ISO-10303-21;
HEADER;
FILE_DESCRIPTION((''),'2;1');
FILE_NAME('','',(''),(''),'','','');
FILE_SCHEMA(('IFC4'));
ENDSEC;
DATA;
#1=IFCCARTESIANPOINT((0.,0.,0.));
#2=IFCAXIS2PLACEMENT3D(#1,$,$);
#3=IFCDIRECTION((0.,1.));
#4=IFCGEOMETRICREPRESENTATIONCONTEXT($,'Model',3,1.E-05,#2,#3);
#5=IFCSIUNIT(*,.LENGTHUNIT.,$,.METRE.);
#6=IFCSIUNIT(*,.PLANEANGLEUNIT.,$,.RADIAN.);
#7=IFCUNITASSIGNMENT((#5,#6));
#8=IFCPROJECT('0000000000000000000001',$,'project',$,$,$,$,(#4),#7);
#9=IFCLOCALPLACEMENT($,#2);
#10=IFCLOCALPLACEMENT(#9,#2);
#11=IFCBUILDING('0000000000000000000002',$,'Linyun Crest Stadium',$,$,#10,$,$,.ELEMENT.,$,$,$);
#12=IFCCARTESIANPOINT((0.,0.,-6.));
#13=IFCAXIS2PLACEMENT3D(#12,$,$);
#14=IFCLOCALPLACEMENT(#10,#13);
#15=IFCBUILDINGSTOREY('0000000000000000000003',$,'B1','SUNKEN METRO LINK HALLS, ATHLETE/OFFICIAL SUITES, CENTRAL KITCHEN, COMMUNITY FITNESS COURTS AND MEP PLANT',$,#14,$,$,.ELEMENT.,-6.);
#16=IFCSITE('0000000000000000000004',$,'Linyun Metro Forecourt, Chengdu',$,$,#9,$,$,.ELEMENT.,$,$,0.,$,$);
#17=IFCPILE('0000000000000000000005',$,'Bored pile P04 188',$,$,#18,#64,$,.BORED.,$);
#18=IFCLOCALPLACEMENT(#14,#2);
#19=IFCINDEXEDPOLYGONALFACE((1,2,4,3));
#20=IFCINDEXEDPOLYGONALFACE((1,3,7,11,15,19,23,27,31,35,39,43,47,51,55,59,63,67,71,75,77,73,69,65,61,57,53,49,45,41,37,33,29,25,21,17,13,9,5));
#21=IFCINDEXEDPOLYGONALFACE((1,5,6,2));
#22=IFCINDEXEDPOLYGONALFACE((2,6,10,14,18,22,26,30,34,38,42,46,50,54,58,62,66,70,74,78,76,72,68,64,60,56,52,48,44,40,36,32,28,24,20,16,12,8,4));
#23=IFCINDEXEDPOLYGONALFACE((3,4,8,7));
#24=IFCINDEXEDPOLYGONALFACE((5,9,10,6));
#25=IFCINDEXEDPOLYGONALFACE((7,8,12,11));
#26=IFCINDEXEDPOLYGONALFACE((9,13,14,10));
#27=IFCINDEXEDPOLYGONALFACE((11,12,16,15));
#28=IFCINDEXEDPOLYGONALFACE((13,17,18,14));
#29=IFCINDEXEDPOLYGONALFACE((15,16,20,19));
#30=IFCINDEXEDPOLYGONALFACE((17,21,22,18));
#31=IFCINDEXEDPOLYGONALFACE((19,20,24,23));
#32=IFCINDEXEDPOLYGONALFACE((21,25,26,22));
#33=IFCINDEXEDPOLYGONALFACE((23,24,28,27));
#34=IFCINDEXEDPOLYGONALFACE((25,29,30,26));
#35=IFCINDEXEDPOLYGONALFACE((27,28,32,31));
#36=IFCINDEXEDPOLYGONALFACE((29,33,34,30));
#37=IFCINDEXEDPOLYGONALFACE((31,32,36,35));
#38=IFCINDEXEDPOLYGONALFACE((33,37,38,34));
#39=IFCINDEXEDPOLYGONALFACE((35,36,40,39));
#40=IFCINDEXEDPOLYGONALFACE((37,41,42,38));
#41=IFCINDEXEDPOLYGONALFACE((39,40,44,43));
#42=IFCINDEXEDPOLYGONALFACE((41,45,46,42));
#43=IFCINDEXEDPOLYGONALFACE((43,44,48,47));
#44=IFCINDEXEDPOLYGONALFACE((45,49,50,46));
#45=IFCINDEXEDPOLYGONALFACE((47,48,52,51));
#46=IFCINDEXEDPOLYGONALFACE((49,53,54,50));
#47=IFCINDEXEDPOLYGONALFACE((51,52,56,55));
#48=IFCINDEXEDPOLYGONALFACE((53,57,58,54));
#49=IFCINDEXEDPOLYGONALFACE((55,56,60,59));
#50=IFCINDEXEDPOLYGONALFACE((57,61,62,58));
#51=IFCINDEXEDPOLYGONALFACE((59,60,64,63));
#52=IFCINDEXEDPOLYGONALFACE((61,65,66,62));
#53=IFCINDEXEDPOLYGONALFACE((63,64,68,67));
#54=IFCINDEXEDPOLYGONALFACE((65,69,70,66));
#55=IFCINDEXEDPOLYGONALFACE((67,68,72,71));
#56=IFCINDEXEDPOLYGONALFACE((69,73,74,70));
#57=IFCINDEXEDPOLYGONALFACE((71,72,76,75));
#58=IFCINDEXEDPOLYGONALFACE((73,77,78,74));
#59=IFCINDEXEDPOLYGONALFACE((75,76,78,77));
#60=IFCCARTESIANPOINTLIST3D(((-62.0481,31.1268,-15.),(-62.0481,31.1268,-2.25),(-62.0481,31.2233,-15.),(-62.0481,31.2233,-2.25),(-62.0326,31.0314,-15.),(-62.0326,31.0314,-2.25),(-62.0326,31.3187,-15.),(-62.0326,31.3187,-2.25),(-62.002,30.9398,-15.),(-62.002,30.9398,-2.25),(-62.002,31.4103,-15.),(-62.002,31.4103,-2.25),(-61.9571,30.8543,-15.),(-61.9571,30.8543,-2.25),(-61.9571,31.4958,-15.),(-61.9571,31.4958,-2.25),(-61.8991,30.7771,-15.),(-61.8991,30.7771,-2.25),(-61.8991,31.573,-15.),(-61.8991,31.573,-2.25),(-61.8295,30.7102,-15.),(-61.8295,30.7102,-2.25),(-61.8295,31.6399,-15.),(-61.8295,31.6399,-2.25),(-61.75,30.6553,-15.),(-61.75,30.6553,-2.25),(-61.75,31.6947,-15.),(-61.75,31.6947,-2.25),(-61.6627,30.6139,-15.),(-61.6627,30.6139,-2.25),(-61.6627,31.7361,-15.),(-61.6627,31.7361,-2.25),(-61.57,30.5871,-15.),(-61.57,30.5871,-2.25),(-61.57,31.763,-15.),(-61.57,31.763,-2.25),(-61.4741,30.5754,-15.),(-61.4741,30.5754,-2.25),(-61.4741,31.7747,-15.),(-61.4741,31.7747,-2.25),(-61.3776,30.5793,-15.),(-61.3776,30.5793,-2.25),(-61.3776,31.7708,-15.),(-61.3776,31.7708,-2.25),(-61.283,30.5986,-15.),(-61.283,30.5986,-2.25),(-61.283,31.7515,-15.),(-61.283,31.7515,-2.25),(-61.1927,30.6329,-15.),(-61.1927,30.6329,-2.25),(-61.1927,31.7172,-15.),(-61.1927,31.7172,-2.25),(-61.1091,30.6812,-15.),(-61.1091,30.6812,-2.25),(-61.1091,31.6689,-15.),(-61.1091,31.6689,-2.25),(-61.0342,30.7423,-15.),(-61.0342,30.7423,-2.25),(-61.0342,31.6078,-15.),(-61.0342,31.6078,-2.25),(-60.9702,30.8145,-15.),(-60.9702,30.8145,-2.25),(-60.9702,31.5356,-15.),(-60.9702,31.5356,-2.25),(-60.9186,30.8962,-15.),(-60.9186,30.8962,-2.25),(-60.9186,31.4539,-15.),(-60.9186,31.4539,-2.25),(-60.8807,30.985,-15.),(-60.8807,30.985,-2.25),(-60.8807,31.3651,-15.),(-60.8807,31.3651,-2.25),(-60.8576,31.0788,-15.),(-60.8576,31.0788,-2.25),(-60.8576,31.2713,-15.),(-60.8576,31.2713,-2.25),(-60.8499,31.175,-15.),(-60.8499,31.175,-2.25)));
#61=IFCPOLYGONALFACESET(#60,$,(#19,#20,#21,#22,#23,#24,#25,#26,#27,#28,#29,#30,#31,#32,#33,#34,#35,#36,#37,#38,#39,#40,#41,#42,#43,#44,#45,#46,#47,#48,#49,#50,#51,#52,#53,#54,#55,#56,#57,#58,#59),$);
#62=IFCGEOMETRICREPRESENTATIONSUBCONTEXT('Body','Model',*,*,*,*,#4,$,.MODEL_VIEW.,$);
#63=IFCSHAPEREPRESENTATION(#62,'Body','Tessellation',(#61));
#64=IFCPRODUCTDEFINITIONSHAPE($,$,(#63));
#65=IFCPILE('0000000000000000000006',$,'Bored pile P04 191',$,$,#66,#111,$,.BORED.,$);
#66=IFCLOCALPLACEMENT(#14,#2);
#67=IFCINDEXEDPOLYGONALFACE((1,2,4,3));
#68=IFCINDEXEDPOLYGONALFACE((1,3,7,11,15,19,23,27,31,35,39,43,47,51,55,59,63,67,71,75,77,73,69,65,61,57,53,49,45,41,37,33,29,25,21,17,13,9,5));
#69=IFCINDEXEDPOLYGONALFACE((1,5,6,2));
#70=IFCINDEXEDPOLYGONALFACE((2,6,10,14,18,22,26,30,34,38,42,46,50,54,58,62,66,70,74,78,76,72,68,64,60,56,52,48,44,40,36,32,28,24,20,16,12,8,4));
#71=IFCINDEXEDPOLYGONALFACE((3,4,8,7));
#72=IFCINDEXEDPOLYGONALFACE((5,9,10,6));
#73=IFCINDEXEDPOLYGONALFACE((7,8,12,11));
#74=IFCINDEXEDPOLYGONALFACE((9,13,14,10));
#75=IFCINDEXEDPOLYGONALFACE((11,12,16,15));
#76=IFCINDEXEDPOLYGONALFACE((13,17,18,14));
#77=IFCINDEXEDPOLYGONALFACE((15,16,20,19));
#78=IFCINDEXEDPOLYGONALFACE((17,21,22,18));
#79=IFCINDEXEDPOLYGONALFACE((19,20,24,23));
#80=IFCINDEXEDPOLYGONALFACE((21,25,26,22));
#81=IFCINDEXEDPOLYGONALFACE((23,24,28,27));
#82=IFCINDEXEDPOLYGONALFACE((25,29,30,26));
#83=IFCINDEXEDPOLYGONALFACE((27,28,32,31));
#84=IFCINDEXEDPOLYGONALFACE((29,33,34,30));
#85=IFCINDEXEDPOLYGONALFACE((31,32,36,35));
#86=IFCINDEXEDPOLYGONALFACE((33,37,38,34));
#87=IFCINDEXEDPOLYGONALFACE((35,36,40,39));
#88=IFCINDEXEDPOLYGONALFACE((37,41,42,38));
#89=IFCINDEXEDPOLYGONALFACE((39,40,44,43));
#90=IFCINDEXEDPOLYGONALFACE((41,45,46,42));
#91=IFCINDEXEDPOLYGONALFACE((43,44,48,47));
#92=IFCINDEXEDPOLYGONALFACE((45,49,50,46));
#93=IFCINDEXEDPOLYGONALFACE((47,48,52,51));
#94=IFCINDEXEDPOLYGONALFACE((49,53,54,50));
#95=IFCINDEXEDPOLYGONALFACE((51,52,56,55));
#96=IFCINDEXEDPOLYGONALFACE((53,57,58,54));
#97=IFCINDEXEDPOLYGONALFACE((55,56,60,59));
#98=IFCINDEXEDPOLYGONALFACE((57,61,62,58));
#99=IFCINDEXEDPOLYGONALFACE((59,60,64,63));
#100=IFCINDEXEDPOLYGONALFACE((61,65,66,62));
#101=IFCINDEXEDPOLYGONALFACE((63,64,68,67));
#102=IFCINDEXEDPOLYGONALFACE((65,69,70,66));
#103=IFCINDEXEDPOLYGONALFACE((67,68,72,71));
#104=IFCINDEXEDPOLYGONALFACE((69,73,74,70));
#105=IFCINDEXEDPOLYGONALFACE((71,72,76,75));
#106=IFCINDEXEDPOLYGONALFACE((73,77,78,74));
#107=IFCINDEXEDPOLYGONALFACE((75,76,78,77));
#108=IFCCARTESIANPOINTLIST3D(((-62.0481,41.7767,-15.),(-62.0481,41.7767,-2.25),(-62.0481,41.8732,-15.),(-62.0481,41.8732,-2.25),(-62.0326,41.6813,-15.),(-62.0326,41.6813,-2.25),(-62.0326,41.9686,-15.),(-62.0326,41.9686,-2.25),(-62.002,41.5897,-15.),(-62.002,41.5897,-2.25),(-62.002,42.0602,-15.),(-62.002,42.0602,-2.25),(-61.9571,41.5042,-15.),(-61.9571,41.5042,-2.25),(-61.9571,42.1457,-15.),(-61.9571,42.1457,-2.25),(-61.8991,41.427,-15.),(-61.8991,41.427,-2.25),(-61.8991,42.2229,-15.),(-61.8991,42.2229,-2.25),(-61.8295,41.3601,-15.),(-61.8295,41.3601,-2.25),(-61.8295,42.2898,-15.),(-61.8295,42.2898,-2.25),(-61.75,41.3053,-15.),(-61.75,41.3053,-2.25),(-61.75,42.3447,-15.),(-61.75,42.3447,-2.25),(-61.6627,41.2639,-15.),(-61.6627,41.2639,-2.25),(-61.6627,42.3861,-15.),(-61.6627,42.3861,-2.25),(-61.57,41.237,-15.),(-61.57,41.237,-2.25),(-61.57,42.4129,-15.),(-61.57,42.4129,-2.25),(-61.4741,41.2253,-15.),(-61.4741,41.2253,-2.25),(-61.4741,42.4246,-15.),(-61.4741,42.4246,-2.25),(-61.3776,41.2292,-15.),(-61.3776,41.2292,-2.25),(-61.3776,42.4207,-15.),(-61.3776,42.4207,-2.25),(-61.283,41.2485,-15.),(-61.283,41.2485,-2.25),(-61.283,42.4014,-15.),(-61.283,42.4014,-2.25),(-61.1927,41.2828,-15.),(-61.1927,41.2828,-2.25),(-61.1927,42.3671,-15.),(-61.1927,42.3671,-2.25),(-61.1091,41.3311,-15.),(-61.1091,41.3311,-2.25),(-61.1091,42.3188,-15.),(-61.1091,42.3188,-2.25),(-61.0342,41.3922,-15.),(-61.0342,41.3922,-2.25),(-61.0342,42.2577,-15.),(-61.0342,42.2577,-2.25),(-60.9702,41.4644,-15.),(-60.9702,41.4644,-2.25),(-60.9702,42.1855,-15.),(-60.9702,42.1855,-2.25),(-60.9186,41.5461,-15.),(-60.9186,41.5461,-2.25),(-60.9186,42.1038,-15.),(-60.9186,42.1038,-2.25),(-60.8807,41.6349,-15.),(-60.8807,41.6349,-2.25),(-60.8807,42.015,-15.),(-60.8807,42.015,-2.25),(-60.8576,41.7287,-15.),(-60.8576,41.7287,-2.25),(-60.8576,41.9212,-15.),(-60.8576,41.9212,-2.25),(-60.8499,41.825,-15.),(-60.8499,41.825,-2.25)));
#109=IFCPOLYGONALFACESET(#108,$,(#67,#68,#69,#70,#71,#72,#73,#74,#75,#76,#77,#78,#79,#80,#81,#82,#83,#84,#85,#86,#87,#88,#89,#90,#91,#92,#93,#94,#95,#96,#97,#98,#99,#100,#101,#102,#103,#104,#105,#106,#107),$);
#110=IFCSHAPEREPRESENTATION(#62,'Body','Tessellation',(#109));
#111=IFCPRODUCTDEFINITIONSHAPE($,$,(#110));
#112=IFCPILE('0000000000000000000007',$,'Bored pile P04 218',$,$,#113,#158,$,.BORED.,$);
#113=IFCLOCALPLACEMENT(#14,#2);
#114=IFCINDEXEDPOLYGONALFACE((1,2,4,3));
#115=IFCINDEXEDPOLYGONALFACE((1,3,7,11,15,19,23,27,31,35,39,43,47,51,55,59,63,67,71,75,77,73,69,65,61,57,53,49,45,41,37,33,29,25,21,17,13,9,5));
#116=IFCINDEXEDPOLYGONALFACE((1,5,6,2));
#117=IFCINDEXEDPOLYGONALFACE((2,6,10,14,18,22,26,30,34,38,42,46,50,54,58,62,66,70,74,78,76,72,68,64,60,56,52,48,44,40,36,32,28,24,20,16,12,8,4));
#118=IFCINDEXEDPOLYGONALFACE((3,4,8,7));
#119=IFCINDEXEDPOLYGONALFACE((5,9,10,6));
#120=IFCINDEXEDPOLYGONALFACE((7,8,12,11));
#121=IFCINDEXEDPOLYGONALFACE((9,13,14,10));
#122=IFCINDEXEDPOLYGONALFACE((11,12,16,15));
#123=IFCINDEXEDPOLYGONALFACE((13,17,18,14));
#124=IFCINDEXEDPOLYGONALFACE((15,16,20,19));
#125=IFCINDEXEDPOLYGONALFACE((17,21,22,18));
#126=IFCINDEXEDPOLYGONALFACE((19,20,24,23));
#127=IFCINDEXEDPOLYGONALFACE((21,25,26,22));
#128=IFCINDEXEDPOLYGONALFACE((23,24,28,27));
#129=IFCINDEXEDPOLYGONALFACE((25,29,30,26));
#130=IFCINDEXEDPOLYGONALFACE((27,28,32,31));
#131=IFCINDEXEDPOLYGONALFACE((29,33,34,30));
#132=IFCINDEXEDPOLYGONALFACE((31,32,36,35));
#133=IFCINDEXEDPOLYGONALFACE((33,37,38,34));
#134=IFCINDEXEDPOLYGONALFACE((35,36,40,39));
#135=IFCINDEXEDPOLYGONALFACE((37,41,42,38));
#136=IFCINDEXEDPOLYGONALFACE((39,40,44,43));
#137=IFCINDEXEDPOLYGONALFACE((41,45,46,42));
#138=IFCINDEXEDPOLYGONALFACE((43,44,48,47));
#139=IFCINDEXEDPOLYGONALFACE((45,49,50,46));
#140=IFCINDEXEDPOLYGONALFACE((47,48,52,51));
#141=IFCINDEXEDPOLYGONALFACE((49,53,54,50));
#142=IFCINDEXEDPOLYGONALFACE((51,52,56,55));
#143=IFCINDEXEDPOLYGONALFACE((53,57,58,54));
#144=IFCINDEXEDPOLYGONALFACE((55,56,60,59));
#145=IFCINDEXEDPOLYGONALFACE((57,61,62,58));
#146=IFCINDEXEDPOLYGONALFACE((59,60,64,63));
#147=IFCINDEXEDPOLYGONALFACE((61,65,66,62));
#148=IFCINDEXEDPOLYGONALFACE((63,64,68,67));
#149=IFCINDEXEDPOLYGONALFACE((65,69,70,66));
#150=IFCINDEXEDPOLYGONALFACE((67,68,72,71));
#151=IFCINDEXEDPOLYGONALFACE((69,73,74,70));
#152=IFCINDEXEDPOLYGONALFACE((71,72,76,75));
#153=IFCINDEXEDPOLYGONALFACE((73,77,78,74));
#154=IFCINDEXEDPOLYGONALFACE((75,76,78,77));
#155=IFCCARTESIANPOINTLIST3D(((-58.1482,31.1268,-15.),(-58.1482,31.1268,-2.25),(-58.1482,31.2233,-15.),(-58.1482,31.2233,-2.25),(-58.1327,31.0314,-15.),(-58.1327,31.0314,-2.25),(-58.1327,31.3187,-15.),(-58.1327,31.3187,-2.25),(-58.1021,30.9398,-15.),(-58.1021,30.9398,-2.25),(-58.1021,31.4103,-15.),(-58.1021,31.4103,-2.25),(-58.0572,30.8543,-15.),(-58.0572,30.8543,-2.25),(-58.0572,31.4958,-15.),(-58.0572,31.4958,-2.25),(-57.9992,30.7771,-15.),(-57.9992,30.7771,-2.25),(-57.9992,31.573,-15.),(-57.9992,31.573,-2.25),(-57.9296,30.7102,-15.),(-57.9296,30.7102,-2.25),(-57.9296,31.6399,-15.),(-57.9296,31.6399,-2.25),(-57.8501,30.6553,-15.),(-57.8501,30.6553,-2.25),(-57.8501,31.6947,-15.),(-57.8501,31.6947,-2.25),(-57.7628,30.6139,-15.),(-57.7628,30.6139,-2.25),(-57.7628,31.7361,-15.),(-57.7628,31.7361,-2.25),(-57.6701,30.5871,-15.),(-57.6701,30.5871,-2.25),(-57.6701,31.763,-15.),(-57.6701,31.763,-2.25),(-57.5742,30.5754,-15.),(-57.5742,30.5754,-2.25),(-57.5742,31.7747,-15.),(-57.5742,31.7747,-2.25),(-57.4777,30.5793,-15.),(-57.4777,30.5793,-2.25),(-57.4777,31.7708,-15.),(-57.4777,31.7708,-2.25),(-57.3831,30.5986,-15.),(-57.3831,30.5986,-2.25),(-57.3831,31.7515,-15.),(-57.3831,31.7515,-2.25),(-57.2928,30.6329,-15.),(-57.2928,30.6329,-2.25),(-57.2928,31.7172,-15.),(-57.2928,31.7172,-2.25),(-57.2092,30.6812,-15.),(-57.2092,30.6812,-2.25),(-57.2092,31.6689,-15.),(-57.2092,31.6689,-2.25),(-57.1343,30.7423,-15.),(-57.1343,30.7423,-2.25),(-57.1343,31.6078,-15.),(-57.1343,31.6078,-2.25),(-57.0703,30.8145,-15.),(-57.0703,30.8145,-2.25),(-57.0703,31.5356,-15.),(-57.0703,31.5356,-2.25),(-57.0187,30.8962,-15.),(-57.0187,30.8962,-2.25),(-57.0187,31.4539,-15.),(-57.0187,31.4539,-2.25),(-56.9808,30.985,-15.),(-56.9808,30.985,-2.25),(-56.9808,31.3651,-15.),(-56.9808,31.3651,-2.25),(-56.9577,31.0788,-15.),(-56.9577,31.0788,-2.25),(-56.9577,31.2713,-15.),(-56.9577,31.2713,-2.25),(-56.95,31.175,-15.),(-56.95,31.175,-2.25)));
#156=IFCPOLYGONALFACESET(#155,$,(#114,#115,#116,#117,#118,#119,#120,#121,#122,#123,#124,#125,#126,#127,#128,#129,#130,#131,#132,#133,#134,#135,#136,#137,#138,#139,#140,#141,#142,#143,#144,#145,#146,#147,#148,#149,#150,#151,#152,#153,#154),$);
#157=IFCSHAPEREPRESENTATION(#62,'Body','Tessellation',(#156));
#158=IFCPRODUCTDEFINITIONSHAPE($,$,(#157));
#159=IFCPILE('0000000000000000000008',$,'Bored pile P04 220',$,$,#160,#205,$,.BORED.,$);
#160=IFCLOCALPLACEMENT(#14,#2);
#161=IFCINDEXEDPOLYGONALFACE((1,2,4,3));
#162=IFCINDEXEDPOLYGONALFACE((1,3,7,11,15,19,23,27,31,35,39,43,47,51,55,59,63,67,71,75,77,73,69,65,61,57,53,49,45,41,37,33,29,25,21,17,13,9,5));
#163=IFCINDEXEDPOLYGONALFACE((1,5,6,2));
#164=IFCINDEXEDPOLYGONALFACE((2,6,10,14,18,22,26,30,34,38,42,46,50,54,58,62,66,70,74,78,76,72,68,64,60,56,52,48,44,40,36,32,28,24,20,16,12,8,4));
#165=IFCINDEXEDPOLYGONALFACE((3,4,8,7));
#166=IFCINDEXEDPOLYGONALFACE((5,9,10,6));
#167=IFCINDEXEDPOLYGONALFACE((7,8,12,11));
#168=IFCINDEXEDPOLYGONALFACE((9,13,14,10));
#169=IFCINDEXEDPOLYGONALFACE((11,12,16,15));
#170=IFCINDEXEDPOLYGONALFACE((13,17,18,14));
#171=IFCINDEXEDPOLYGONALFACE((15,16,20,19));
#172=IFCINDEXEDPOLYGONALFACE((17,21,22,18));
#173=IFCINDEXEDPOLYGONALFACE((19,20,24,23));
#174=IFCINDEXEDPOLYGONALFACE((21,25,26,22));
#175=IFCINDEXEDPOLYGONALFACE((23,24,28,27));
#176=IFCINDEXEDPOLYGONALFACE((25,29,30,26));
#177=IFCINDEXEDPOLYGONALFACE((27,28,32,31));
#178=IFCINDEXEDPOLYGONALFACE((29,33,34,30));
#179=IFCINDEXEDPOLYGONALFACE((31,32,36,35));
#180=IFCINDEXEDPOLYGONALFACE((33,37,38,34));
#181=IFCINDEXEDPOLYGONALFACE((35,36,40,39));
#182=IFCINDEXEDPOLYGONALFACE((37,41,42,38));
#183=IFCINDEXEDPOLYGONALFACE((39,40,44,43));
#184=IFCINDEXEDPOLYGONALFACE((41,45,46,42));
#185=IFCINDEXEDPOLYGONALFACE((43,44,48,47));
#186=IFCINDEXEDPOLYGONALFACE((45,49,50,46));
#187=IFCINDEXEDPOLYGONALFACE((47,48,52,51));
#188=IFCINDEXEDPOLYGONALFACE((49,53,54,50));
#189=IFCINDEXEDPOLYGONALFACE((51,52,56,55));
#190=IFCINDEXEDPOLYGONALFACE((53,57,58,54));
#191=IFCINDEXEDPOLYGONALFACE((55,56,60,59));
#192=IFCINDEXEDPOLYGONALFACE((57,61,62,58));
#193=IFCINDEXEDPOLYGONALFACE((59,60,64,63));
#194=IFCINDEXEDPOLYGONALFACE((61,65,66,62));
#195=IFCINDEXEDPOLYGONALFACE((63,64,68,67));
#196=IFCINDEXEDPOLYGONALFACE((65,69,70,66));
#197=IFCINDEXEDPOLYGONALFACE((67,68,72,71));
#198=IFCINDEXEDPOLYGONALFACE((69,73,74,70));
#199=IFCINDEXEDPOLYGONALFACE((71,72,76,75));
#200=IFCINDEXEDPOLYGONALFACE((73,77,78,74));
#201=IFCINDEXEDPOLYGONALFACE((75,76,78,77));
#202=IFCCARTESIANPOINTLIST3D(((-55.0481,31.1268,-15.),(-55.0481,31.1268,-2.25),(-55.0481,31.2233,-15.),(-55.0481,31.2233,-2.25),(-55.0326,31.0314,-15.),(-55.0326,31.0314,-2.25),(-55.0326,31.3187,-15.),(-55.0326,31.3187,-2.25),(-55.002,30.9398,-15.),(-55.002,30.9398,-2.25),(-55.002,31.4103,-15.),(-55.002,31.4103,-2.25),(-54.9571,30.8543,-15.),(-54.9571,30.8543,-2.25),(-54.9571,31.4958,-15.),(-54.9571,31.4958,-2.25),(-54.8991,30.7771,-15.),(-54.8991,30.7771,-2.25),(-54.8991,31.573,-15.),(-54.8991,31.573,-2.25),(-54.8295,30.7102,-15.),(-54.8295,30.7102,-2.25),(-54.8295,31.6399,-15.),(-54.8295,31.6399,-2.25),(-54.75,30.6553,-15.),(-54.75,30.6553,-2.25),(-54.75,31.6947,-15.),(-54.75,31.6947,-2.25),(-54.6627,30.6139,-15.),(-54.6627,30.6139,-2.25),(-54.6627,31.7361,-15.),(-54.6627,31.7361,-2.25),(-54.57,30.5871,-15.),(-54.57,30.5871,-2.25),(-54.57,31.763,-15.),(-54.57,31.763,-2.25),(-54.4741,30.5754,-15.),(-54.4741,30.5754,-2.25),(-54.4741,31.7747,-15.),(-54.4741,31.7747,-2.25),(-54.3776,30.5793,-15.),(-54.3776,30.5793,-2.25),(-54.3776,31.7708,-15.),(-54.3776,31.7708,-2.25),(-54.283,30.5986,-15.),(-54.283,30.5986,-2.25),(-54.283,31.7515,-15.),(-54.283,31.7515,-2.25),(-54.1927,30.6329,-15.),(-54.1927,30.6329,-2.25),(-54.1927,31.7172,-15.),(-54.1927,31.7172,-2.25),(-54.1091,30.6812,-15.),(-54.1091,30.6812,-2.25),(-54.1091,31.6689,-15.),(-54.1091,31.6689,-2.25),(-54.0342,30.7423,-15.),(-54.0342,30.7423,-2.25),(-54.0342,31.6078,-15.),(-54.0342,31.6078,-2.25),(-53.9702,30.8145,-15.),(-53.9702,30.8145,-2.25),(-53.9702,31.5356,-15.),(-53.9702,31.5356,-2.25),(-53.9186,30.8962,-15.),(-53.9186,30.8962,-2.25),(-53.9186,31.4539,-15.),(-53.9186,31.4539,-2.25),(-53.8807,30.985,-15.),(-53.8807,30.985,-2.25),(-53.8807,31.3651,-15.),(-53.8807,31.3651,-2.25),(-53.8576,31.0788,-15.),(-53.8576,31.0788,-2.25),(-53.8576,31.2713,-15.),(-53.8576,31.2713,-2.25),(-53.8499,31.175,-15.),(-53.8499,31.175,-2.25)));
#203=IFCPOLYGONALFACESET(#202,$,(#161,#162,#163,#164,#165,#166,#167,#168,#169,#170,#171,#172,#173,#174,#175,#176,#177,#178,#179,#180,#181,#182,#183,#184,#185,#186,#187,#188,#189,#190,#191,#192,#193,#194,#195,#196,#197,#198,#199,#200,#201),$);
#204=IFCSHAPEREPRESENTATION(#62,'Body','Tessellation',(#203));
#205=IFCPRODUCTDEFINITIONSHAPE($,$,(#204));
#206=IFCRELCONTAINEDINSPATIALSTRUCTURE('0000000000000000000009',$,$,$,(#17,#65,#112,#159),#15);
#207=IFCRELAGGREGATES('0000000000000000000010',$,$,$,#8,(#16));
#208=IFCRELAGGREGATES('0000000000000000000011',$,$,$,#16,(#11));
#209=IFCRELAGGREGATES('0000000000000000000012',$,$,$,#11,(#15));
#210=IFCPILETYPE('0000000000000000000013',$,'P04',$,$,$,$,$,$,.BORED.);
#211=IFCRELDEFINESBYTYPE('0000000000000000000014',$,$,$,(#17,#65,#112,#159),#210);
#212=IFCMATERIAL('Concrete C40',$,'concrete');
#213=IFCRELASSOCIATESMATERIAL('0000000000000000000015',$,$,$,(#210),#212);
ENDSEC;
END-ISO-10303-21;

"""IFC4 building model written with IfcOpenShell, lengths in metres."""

from ifc_helpers import new_model, si_unit, direction, frame, origin, origin_2d, place, context, subcontext, project, spatial, circle, extrude, material, material_profile, profile_set, type_object, element, save


model = new_model("IFC4")

# Units and contexts
model_context = context("Model", 3, precision=1e-05, world=origin(), true_north=direction((0.0, 1.0)))
body_context = subcontext(model_context, "Body", "Model", "MODEL_VIEW")
ifc_project = project(units=[si_unit("LENGTHUNIT", "METRE"), si_unit("PLANEANGLEUNIT", "RADIAN")], contexts=[model_context])

# Site, building, storey
site_placement = place(None, origin())
site = spatial("IfcSite", under=ifc_project, at=site_placement, Name="Linyun Metro Forecourt, Chengdu", CompositionType="ELEMENT", RefElevation=0.0)
building_placement = place(site_placement, origin())
building = spatial("IfcBuilding", under=site, at=building_placement, Name="Linyun Crest Stadium", CompositionType="ELEMENT")
storey_placement = place(building_placement, frame((0.0, 0.0, -6.0)))
storey = spatial("IfcBuildingStorey", under=building, at=storey_placement, Name="B1", Description="SUNKEN METRO LINK HALLS, ATHLETE/OFFICIAL SUITES, CENTRAL KITCHEN, COMMUNITY FITNESS COURTS AND MEP PLANT", CompositionType="ELEMENT", Elevation=-6.0)

# Piles
ifc_material_1 = material(Name="Concrete C40", Category="concrete")
ifc_material_profile_1 = material_profile(ifc_material_1, circle(Radius=0.6001, at=origin_2d()), Name="BORED PILE 1200")
ifc_profile_set_1 = profile_set([ifc_material_profile_1], Name="Concrete C40")
pile_type_1 = type_object("IfcPileType", Name="P04", PredefinedType="BORED", material=ifc_profile_set_1)
for number, where, z_axis, x_axis, name in (
    (1, (-61.45, 31.175, -2.25), (0.0, 0.0, -1.0), (1.0, 0.0, 0.0), "Bored pile P04 188"),
    (2, (-61.45, 41.825, -2.25), (0.0, 0.0, -1.0), (1.0, 0.0, 0.0), "Bored pile P04 191"),
    (3, (-57.55, 31.175, -2.25), (0.0, 0.0, -1.0), (1.0, 0.0, 0.0), "Bored pile P04 218"),
    (4, (-54.45, 31.175, -2.25), (0.0, 0.0, -1.0), (1.0, 0.0, 0.0), "Bored pile P04 220"),
):
    element("IfcPile", number, at=place(storey_placement, frame(where, z_axis=z_axis, x_axis=x_axis)), inside=storey, type_object=pile_type_1, Name=name, PredefinedType="BORED", context=body_context, shape_type="SweptSolid", body=[
        extrude(circle(Radius=0.6001, at=origin_2d()), origin(), (0.0, 0.0, 1.0), 12.75),
    ])

save(model, "model.ifc")
